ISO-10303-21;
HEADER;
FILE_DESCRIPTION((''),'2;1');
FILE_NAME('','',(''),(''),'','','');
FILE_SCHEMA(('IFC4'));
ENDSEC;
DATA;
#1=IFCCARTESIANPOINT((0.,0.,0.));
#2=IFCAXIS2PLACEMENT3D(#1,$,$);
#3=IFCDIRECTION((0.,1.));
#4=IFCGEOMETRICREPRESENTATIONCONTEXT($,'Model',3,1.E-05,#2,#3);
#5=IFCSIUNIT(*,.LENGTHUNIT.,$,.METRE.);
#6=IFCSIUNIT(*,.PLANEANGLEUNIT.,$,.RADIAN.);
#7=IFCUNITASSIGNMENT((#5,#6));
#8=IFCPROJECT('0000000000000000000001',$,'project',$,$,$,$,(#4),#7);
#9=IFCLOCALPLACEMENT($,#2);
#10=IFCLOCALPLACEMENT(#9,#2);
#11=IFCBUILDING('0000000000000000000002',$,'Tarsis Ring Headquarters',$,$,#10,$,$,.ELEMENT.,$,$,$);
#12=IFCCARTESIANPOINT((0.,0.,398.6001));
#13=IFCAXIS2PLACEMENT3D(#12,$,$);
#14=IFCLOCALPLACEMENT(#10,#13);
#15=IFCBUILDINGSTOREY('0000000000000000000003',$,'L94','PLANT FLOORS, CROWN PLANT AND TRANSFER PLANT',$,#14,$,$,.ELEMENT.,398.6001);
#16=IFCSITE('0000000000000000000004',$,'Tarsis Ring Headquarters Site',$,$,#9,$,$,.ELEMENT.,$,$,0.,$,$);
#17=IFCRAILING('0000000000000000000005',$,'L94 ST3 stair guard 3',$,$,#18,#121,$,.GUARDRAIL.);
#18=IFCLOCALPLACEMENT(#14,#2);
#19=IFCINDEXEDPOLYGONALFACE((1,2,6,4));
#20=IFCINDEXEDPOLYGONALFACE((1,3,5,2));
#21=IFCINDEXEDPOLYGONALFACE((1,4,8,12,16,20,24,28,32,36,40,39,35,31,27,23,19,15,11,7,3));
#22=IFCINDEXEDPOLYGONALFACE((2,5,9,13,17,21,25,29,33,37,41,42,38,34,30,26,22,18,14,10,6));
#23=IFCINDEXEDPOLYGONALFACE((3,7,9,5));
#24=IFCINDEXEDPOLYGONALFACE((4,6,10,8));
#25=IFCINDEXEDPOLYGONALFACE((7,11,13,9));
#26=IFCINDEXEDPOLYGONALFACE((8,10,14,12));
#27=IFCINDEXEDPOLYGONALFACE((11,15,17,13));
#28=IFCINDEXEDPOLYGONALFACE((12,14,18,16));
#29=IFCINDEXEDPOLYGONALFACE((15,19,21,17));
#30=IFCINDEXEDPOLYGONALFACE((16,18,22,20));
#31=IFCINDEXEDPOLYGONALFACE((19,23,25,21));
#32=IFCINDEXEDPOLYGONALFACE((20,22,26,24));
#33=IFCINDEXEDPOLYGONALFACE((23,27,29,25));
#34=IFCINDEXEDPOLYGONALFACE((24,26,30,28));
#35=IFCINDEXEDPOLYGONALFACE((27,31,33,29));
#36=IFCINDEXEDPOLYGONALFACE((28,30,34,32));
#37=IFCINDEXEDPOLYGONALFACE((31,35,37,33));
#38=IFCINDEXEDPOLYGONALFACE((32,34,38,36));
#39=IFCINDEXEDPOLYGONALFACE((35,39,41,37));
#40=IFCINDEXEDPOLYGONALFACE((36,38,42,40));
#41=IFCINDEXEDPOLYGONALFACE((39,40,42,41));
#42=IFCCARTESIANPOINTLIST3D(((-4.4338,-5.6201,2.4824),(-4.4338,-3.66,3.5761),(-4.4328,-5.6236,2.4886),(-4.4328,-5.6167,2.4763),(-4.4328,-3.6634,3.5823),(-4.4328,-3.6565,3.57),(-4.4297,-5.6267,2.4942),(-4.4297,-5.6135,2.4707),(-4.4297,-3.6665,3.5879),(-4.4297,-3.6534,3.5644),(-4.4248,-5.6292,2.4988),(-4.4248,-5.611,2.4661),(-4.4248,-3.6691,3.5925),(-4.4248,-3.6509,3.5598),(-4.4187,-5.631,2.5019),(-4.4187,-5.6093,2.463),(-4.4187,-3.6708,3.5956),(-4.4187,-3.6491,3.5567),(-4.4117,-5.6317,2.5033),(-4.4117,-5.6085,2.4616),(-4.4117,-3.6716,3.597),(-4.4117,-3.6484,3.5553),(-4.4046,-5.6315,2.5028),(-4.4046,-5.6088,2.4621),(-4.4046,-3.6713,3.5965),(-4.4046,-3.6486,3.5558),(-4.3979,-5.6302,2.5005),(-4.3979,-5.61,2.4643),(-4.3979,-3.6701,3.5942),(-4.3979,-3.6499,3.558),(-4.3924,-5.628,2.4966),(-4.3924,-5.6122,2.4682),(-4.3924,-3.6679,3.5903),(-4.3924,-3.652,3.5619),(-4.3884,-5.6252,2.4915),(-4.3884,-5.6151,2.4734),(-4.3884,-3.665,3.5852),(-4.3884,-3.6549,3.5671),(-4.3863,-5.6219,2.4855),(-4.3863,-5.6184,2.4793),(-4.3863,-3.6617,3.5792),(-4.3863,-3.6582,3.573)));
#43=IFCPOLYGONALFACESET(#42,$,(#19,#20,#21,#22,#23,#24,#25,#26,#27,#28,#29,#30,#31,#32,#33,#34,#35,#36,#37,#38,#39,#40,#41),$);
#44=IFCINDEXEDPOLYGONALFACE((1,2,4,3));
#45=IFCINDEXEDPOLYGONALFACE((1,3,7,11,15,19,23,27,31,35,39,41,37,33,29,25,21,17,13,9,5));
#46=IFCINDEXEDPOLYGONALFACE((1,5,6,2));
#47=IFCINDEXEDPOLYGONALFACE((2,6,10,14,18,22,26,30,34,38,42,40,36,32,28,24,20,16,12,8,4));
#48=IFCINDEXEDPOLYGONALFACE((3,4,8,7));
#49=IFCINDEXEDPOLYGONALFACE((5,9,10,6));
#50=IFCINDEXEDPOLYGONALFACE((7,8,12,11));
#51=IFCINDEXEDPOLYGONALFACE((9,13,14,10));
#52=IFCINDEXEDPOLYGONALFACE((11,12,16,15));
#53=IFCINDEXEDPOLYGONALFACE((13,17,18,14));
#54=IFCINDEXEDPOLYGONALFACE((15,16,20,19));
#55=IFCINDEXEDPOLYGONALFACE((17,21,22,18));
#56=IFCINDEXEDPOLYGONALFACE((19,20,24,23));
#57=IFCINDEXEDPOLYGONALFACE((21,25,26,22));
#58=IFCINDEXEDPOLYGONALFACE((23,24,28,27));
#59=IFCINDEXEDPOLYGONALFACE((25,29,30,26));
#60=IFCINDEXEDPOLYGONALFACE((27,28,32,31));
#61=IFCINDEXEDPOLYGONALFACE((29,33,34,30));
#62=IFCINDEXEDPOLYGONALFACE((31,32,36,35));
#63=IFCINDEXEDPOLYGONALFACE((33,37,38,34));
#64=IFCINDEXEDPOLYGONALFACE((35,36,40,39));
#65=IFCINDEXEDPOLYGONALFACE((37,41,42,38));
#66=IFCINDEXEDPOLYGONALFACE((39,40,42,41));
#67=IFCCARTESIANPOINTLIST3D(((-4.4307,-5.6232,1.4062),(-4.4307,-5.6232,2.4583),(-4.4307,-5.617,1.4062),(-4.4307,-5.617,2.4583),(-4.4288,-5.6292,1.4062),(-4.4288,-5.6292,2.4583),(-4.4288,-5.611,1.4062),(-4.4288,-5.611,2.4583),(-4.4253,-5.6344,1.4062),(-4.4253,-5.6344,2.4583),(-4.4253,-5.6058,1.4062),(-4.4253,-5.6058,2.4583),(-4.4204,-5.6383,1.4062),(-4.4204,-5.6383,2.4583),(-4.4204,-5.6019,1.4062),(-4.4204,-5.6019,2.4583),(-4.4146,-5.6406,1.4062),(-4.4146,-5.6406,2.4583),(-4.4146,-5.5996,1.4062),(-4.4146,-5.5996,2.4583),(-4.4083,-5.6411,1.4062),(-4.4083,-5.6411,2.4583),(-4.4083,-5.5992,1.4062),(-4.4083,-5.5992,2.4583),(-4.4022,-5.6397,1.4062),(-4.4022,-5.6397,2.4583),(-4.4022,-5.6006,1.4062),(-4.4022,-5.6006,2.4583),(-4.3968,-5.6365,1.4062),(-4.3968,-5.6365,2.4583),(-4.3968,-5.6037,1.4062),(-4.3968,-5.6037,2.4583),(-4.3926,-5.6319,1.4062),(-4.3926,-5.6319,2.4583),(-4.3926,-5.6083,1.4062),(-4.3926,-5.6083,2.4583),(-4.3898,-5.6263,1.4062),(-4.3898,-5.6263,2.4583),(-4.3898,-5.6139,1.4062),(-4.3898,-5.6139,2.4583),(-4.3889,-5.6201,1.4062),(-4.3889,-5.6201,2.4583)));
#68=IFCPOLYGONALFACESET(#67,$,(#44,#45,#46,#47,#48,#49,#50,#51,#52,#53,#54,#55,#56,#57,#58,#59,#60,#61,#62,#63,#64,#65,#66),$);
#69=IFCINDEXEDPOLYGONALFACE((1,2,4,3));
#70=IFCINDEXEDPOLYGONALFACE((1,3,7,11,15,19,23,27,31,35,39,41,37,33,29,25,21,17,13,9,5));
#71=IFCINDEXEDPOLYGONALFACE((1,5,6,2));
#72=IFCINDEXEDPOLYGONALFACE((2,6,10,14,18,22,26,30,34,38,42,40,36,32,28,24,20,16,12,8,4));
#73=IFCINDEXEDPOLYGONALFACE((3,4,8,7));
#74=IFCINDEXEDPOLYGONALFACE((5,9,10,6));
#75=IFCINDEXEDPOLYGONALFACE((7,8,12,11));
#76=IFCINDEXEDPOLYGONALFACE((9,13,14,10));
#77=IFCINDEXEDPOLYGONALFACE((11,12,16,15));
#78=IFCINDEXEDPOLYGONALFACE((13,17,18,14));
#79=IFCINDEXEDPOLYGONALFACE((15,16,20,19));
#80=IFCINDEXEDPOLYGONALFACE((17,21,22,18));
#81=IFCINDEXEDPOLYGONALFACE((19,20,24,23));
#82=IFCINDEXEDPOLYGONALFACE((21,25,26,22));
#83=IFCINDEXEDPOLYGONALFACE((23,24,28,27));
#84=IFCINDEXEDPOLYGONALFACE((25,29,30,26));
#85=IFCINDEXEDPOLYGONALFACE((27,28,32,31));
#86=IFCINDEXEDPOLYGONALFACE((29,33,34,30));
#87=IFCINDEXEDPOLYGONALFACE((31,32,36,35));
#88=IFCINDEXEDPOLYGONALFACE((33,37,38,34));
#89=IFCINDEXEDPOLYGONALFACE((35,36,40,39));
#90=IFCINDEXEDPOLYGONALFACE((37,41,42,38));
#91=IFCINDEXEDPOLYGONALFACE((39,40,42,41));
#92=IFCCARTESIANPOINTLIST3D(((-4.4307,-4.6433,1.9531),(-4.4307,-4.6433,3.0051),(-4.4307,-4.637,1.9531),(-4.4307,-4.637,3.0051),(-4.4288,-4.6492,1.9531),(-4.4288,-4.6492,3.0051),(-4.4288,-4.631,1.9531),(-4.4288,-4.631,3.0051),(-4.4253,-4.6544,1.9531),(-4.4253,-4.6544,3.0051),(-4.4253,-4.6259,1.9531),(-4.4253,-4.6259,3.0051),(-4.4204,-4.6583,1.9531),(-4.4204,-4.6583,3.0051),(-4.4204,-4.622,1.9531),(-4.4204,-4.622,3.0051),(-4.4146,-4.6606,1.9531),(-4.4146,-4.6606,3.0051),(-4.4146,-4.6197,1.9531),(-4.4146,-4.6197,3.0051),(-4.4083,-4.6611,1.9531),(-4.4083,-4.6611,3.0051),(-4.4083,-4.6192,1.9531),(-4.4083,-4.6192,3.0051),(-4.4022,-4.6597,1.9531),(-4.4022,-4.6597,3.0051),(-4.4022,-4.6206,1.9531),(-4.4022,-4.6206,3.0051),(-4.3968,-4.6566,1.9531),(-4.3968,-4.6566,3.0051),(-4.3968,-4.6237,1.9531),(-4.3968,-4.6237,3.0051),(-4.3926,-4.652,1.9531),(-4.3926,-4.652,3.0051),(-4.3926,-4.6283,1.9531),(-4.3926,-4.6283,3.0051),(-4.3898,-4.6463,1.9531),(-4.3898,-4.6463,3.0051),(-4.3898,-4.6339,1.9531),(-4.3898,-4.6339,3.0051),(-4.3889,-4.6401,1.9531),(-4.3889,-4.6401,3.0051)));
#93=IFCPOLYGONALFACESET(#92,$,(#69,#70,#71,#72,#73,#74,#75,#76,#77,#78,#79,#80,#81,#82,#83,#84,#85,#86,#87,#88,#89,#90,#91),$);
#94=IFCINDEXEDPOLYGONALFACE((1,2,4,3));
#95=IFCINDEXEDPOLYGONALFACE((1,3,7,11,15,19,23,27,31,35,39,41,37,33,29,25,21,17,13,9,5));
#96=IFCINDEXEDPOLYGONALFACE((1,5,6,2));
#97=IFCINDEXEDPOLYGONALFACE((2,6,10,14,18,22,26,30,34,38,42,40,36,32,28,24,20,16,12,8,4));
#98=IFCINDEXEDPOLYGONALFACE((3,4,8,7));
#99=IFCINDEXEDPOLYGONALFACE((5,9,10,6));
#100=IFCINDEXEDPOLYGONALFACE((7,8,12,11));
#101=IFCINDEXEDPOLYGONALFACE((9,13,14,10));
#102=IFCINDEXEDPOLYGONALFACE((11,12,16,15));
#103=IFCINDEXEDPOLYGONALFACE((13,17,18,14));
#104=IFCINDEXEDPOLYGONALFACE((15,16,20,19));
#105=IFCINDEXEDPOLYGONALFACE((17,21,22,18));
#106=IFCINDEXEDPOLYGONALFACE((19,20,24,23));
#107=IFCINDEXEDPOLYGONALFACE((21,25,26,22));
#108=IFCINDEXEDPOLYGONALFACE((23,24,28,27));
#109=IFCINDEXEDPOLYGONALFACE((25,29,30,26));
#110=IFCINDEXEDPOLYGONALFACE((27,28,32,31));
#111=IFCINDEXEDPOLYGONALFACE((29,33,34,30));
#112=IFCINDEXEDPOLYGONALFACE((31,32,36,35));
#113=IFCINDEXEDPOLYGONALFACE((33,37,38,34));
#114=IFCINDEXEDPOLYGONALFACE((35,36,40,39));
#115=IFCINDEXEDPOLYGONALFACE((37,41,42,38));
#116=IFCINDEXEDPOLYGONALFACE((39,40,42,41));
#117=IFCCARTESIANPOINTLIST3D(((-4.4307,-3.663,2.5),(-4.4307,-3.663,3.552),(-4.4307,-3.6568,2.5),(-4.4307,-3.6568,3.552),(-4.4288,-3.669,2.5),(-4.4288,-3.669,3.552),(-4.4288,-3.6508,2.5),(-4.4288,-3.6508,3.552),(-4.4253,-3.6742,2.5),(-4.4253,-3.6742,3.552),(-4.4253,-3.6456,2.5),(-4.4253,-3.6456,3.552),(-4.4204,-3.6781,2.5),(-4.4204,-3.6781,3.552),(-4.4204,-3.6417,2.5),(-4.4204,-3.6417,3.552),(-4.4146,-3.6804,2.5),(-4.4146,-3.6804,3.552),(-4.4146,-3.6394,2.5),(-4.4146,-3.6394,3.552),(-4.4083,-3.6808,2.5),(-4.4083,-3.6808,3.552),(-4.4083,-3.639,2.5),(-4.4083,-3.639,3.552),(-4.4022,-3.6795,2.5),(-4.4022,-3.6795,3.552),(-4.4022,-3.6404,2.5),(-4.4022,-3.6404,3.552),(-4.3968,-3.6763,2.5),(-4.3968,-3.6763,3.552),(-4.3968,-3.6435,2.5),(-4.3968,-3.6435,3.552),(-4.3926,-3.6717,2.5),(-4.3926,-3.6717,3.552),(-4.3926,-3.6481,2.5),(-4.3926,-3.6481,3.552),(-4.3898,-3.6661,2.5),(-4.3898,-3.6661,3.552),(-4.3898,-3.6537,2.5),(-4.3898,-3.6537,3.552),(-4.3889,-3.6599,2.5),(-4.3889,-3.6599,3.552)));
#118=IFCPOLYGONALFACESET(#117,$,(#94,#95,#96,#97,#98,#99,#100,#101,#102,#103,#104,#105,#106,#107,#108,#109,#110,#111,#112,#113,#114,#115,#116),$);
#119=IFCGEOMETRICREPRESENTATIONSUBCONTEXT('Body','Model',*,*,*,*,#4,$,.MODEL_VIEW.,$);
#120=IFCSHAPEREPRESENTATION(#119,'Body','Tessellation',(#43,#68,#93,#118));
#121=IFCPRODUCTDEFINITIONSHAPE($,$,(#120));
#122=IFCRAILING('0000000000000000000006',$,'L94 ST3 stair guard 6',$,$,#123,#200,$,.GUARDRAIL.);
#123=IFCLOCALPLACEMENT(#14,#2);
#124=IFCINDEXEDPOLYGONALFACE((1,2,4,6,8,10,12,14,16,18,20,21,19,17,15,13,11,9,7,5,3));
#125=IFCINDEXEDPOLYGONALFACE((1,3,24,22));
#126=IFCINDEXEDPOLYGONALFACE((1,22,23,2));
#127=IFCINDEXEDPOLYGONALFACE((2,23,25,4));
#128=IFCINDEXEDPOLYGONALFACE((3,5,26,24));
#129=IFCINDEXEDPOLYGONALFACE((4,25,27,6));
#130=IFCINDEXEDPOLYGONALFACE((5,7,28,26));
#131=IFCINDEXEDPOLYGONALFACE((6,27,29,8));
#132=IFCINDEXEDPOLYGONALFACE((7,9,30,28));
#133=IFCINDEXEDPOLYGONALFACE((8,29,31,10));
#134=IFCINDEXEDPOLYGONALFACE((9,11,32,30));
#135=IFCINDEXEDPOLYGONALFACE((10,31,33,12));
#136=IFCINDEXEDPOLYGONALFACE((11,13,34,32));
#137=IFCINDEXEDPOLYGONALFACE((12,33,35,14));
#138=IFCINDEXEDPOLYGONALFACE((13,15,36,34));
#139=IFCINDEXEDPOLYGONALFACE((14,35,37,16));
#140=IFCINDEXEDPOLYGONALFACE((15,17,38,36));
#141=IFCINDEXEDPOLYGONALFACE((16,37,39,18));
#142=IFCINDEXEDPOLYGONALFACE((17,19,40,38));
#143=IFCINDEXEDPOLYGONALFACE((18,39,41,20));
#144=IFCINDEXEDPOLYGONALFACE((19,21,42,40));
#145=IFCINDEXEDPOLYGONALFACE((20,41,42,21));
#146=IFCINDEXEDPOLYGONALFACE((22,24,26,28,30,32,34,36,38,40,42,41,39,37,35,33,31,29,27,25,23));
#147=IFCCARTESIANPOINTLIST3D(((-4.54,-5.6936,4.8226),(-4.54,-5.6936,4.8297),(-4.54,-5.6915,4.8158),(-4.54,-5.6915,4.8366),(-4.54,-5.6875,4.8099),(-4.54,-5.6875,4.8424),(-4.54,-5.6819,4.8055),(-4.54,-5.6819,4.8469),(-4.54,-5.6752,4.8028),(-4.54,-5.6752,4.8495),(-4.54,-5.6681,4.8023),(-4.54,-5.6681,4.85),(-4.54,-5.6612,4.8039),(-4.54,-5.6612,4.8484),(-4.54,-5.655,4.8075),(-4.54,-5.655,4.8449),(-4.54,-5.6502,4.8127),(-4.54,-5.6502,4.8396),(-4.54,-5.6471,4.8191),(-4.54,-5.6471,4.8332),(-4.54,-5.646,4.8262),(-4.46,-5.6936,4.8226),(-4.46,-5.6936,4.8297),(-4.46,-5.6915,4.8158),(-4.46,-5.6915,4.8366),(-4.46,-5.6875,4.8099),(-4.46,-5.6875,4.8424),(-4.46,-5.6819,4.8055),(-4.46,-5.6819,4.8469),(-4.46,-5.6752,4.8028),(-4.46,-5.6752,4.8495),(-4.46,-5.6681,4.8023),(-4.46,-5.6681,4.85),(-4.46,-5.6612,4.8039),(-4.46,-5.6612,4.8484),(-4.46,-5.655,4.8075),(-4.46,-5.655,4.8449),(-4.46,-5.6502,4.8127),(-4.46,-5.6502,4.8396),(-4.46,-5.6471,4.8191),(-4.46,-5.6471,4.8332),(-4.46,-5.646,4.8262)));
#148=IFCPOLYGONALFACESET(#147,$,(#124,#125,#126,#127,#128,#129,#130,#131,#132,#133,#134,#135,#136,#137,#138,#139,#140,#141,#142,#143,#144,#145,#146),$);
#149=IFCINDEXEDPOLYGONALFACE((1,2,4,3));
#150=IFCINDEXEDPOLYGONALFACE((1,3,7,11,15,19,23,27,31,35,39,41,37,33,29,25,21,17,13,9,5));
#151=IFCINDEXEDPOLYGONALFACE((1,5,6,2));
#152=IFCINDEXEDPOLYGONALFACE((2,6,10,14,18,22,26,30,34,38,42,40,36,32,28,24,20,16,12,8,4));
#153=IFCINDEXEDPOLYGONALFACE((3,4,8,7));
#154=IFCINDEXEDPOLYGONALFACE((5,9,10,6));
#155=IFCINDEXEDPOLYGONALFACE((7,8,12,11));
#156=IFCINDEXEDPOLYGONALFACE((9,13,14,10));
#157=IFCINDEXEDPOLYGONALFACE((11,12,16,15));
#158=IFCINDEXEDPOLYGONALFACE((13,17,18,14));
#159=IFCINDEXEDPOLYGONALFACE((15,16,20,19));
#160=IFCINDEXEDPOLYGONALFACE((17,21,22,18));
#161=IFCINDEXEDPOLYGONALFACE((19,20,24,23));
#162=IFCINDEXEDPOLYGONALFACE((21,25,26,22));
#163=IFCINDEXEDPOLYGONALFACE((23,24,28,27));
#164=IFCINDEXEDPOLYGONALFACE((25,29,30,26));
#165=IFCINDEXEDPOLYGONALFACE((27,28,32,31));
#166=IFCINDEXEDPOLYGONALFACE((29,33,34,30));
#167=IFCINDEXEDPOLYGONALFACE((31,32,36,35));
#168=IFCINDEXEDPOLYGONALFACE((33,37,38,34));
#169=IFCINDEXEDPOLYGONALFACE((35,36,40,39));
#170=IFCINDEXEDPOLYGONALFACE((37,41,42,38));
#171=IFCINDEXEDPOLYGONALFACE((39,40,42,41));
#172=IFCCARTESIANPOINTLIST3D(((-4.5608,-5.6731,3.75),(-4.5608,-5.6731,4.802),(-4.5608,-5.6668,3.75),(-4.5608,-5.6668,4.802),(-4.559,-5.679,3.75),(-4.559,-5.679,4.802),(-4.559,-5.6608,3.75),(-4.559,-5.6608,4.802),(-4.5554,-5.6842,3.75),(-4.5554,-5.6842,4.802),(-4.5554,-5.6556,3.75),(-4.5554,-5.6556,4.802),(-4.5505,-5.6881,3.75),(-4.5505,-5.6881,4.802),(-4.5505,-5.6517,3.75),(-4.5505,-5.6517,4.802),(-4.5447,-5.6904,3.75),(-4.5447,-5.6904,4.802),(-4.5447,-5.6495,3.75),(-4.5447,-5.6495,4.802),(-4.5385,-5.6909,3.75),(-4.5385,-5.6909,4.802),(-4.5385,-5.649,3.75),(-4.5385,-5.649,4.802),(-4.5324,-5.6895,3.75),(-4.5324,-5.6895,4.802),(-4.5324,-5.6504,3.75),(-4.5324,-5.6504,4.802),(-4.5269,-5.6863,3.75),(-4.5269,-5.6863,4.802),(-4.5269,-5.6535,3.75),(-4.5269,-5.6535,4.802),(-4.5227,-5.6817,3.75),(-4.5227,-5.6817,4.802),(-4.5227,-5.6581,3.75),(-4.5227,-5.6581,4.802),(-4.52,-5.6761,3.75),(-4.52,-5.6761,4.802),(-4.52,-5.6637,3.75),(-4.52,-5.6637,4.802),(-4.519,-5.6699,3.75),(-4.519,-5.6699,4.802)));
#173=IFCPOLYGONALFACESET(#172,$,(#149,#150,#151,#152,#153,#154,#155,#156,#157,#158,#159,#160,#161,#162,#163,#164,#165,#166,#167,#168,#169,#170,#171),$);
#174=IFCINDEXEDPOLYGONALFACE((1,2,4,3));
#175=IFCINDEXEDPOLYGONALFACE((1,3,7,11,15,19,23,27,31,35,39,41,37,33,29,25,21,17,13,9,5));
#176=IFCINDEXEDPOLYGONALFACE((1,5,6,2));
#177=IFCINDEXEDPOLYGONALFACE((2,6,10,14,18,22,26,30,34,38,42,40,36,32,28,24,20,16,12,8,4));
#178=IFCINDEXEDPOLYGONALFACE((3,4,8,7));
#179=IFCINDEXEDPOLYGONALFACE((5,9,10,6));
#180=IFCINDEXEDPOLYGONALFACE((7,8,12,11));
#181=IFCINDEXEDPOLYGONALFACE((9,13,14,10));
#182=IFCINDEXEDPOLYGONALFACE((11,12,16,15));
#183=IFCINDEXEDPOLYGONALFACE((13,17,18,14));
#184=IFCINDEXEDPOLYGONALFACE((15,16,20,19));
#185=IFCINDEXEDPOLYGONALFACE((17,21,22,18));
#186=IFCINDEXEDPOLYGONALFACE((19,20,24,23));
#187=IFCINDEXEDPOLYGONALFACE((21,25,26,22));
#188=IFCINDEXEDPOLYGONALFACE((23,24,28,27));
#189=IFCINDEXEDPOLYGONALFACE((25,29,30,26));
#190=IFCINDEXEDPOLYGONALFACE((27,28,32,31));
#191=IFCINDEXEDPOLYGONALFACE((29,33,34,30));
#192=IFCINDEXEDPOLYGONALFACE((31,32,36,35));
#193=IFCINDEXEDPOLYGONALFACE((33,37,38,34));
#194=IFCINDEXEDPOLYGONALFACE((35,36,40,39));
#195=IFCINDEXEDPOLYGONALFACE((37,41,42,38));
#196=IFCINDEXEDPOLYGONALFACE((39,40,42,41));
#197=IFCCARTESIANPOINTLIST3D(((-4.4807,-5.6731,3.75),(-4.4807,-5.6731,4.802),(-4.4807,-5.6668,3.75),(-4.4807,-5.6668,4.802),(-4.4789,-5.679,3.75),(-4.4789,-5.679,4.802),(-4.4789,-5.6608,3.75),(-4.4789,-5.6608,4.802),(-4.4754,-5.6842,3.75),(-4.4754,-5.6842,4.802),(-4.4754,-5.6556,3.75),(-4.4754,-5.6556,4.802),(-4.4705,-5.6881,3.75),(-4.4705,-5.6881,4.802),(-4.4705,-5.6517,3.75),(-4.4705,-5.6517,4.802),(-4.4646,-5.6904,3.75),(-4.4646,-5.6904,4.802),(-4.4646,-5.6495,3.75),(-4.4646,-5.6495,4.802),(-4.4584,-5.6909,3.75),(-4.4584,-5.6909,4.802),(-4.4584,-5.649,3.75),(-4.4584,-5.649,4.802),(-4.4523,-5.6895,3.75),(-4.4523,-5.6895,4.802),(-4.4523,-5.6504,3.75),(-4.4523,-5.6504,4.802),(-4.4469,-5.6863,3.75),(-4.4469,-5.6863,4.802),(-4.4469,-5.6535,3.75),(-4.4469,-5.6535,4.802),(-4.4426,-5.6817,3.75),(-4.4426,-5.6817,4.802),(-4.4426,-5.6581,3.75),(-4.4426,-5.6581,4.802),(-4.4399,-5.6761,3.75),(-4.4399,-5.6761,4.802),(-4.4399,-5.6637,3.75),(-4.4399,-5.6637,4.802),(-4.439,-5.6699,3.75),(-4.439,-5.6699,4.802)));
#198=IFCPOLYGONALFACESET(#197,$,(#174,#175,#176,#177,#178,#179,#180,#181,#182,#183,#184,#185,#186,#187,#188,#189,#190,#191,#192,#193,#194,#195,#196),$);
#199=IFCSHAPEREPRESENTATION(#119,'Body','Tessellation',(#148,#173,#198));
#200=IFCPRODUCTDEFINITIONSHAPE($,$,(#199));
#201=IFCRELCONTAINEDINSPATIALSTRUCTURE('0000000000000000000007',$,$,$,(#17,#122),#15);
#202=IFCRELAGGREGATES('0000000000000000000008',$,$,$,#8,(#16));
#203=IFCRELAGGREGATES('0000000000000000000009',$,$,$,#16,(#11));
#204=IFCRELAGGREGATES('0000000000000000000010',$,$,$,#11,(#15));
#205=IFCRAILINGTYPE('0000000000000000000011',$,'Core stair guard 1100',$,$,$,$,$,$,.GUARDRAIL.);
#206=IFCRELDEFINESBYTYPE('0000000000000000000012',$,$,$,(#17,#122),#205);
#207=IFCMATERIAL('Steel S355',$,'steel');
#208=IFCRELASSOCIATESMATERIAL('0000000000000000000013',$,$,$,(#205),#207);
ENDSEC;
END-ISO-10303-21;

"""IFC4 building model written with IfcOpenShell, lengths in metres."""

from ifc_helpers import new_model, si_unit, direction, frame, origin, origin_2d, place, context, subcontext, project, spatial, circle, extrude, material, type_object, element, save


model = new_model("IFC4")

# Units and contexts
model_context = context("Model", 3, precision=1e-05, world=origin(), true_north=direction((0.0, 1.0)))
body_context = subcontext(model_context, "Body", "Model", "MODEL_VIEW")
ifc_project = project(units=[si_unit("LENGTHUNIT", "METRE"), si_unit("PLANEANGLEUNIT", "RADIAN")], contexts=[model_context])

# Site, building, storey
site_placement = place(None, origin())
site = spatial("IfcSite", under=ifc_project, at=site_placement, Name="Tarsis Ring Headquarters Site", CompositionType="ELEMENT", RefElevation=0.0)
building_placement = place(site_placement, origin())
building = spatial("IfcBuilding", under=site, at=building_placement, Name="Tarsis Ring Headquarters", CompositionType="ELEMENT")
storey_placement = place(building_placement, frame((0.0, 0.0, 398.6001)))
storey = spatial("IfcBuildingStorey", under=building, at=storey_placement, Name="L94", Description="PLANT FLOORS, CROWN PLANT AND TRANSFER PLANT", CompositionType="ELEMENT", Elevation=398.6001)

# Railings
ifc_material_1 = material(Name="Steel S355", Category="steel")
railing_type_1 = type_object("IfcRailingType", Name="Core stair guard 1100", PredefinedType="GUARDRAIL", material=ifc_material_1)
railing_1_placement = place(storey_placement, frame((-4.4099, -5.6201, 1.4062)))
element("IfcRailing", 1, at=railing_1_placement, inside=storey, type_object=railing_type_1, Name="L94 ST3 stair guard 3", PredefinedType="GUARDRAIL", context=body_context, shape_type="SweptSolid", body=[
    extrude(circle(Radius=0.0239, at=origin_2d()), frame((0.0, 0.0, 1.0762), z_axis=(0.0, 0.873258, 0.487258), x_axis=(-1.0, 0.0, 0.0)), (0.0, 0.0, 1.0), 2.2446),
    extrude(circle(Radius=0.021, at=origin_2d()), origin(), (0.0, 0.0, 1.0), 1.052),
    extrude(circle(Radius=0.021, at=origin_2d()), frame((0.0, 0.98, 0.5469)), (0.0, 0.0, 1.0), 1.052),
    extrude(circle(Radius=0.021, at=origin_2d()), frame((0.0, 1.9602, 1.0938)), (0.0, 0.0, 1.0), 1.052),
])
railing_2_placement = place(storey_placement, frame((-4.54, -5.6699, 3.75)))
element("IfcRailing", 2, at=railing_2_placement, inside=storey, type_object=railing_type_1, Name="L94 ST3 stair guard 6", PredefinedType="GUARDRAIL", context=body_context, shape_type="SweptSolid", body=[
    extrude(circle(Radius=0.0239, at=origin_2d()), frame((0.0, 0.0, 1.0762), z_axis=(1.0, 0.0, 0.0), x_axis=(0.0, 1.0, 0.0)), (0.0, 0.0, 1.0), 0.0801),
    extrude(circle(Radius=0.021, at=origin_2d()), origin(), (0.0, 0.0, 1.0), 1.052),
    extrude(circle(Radius=0.021, at=origin_2d()), frame((0.0801, 0.0, 0.0)), (0.0, 0.0, 1.0), 1.052),
])

save(model, "model.ifc")
